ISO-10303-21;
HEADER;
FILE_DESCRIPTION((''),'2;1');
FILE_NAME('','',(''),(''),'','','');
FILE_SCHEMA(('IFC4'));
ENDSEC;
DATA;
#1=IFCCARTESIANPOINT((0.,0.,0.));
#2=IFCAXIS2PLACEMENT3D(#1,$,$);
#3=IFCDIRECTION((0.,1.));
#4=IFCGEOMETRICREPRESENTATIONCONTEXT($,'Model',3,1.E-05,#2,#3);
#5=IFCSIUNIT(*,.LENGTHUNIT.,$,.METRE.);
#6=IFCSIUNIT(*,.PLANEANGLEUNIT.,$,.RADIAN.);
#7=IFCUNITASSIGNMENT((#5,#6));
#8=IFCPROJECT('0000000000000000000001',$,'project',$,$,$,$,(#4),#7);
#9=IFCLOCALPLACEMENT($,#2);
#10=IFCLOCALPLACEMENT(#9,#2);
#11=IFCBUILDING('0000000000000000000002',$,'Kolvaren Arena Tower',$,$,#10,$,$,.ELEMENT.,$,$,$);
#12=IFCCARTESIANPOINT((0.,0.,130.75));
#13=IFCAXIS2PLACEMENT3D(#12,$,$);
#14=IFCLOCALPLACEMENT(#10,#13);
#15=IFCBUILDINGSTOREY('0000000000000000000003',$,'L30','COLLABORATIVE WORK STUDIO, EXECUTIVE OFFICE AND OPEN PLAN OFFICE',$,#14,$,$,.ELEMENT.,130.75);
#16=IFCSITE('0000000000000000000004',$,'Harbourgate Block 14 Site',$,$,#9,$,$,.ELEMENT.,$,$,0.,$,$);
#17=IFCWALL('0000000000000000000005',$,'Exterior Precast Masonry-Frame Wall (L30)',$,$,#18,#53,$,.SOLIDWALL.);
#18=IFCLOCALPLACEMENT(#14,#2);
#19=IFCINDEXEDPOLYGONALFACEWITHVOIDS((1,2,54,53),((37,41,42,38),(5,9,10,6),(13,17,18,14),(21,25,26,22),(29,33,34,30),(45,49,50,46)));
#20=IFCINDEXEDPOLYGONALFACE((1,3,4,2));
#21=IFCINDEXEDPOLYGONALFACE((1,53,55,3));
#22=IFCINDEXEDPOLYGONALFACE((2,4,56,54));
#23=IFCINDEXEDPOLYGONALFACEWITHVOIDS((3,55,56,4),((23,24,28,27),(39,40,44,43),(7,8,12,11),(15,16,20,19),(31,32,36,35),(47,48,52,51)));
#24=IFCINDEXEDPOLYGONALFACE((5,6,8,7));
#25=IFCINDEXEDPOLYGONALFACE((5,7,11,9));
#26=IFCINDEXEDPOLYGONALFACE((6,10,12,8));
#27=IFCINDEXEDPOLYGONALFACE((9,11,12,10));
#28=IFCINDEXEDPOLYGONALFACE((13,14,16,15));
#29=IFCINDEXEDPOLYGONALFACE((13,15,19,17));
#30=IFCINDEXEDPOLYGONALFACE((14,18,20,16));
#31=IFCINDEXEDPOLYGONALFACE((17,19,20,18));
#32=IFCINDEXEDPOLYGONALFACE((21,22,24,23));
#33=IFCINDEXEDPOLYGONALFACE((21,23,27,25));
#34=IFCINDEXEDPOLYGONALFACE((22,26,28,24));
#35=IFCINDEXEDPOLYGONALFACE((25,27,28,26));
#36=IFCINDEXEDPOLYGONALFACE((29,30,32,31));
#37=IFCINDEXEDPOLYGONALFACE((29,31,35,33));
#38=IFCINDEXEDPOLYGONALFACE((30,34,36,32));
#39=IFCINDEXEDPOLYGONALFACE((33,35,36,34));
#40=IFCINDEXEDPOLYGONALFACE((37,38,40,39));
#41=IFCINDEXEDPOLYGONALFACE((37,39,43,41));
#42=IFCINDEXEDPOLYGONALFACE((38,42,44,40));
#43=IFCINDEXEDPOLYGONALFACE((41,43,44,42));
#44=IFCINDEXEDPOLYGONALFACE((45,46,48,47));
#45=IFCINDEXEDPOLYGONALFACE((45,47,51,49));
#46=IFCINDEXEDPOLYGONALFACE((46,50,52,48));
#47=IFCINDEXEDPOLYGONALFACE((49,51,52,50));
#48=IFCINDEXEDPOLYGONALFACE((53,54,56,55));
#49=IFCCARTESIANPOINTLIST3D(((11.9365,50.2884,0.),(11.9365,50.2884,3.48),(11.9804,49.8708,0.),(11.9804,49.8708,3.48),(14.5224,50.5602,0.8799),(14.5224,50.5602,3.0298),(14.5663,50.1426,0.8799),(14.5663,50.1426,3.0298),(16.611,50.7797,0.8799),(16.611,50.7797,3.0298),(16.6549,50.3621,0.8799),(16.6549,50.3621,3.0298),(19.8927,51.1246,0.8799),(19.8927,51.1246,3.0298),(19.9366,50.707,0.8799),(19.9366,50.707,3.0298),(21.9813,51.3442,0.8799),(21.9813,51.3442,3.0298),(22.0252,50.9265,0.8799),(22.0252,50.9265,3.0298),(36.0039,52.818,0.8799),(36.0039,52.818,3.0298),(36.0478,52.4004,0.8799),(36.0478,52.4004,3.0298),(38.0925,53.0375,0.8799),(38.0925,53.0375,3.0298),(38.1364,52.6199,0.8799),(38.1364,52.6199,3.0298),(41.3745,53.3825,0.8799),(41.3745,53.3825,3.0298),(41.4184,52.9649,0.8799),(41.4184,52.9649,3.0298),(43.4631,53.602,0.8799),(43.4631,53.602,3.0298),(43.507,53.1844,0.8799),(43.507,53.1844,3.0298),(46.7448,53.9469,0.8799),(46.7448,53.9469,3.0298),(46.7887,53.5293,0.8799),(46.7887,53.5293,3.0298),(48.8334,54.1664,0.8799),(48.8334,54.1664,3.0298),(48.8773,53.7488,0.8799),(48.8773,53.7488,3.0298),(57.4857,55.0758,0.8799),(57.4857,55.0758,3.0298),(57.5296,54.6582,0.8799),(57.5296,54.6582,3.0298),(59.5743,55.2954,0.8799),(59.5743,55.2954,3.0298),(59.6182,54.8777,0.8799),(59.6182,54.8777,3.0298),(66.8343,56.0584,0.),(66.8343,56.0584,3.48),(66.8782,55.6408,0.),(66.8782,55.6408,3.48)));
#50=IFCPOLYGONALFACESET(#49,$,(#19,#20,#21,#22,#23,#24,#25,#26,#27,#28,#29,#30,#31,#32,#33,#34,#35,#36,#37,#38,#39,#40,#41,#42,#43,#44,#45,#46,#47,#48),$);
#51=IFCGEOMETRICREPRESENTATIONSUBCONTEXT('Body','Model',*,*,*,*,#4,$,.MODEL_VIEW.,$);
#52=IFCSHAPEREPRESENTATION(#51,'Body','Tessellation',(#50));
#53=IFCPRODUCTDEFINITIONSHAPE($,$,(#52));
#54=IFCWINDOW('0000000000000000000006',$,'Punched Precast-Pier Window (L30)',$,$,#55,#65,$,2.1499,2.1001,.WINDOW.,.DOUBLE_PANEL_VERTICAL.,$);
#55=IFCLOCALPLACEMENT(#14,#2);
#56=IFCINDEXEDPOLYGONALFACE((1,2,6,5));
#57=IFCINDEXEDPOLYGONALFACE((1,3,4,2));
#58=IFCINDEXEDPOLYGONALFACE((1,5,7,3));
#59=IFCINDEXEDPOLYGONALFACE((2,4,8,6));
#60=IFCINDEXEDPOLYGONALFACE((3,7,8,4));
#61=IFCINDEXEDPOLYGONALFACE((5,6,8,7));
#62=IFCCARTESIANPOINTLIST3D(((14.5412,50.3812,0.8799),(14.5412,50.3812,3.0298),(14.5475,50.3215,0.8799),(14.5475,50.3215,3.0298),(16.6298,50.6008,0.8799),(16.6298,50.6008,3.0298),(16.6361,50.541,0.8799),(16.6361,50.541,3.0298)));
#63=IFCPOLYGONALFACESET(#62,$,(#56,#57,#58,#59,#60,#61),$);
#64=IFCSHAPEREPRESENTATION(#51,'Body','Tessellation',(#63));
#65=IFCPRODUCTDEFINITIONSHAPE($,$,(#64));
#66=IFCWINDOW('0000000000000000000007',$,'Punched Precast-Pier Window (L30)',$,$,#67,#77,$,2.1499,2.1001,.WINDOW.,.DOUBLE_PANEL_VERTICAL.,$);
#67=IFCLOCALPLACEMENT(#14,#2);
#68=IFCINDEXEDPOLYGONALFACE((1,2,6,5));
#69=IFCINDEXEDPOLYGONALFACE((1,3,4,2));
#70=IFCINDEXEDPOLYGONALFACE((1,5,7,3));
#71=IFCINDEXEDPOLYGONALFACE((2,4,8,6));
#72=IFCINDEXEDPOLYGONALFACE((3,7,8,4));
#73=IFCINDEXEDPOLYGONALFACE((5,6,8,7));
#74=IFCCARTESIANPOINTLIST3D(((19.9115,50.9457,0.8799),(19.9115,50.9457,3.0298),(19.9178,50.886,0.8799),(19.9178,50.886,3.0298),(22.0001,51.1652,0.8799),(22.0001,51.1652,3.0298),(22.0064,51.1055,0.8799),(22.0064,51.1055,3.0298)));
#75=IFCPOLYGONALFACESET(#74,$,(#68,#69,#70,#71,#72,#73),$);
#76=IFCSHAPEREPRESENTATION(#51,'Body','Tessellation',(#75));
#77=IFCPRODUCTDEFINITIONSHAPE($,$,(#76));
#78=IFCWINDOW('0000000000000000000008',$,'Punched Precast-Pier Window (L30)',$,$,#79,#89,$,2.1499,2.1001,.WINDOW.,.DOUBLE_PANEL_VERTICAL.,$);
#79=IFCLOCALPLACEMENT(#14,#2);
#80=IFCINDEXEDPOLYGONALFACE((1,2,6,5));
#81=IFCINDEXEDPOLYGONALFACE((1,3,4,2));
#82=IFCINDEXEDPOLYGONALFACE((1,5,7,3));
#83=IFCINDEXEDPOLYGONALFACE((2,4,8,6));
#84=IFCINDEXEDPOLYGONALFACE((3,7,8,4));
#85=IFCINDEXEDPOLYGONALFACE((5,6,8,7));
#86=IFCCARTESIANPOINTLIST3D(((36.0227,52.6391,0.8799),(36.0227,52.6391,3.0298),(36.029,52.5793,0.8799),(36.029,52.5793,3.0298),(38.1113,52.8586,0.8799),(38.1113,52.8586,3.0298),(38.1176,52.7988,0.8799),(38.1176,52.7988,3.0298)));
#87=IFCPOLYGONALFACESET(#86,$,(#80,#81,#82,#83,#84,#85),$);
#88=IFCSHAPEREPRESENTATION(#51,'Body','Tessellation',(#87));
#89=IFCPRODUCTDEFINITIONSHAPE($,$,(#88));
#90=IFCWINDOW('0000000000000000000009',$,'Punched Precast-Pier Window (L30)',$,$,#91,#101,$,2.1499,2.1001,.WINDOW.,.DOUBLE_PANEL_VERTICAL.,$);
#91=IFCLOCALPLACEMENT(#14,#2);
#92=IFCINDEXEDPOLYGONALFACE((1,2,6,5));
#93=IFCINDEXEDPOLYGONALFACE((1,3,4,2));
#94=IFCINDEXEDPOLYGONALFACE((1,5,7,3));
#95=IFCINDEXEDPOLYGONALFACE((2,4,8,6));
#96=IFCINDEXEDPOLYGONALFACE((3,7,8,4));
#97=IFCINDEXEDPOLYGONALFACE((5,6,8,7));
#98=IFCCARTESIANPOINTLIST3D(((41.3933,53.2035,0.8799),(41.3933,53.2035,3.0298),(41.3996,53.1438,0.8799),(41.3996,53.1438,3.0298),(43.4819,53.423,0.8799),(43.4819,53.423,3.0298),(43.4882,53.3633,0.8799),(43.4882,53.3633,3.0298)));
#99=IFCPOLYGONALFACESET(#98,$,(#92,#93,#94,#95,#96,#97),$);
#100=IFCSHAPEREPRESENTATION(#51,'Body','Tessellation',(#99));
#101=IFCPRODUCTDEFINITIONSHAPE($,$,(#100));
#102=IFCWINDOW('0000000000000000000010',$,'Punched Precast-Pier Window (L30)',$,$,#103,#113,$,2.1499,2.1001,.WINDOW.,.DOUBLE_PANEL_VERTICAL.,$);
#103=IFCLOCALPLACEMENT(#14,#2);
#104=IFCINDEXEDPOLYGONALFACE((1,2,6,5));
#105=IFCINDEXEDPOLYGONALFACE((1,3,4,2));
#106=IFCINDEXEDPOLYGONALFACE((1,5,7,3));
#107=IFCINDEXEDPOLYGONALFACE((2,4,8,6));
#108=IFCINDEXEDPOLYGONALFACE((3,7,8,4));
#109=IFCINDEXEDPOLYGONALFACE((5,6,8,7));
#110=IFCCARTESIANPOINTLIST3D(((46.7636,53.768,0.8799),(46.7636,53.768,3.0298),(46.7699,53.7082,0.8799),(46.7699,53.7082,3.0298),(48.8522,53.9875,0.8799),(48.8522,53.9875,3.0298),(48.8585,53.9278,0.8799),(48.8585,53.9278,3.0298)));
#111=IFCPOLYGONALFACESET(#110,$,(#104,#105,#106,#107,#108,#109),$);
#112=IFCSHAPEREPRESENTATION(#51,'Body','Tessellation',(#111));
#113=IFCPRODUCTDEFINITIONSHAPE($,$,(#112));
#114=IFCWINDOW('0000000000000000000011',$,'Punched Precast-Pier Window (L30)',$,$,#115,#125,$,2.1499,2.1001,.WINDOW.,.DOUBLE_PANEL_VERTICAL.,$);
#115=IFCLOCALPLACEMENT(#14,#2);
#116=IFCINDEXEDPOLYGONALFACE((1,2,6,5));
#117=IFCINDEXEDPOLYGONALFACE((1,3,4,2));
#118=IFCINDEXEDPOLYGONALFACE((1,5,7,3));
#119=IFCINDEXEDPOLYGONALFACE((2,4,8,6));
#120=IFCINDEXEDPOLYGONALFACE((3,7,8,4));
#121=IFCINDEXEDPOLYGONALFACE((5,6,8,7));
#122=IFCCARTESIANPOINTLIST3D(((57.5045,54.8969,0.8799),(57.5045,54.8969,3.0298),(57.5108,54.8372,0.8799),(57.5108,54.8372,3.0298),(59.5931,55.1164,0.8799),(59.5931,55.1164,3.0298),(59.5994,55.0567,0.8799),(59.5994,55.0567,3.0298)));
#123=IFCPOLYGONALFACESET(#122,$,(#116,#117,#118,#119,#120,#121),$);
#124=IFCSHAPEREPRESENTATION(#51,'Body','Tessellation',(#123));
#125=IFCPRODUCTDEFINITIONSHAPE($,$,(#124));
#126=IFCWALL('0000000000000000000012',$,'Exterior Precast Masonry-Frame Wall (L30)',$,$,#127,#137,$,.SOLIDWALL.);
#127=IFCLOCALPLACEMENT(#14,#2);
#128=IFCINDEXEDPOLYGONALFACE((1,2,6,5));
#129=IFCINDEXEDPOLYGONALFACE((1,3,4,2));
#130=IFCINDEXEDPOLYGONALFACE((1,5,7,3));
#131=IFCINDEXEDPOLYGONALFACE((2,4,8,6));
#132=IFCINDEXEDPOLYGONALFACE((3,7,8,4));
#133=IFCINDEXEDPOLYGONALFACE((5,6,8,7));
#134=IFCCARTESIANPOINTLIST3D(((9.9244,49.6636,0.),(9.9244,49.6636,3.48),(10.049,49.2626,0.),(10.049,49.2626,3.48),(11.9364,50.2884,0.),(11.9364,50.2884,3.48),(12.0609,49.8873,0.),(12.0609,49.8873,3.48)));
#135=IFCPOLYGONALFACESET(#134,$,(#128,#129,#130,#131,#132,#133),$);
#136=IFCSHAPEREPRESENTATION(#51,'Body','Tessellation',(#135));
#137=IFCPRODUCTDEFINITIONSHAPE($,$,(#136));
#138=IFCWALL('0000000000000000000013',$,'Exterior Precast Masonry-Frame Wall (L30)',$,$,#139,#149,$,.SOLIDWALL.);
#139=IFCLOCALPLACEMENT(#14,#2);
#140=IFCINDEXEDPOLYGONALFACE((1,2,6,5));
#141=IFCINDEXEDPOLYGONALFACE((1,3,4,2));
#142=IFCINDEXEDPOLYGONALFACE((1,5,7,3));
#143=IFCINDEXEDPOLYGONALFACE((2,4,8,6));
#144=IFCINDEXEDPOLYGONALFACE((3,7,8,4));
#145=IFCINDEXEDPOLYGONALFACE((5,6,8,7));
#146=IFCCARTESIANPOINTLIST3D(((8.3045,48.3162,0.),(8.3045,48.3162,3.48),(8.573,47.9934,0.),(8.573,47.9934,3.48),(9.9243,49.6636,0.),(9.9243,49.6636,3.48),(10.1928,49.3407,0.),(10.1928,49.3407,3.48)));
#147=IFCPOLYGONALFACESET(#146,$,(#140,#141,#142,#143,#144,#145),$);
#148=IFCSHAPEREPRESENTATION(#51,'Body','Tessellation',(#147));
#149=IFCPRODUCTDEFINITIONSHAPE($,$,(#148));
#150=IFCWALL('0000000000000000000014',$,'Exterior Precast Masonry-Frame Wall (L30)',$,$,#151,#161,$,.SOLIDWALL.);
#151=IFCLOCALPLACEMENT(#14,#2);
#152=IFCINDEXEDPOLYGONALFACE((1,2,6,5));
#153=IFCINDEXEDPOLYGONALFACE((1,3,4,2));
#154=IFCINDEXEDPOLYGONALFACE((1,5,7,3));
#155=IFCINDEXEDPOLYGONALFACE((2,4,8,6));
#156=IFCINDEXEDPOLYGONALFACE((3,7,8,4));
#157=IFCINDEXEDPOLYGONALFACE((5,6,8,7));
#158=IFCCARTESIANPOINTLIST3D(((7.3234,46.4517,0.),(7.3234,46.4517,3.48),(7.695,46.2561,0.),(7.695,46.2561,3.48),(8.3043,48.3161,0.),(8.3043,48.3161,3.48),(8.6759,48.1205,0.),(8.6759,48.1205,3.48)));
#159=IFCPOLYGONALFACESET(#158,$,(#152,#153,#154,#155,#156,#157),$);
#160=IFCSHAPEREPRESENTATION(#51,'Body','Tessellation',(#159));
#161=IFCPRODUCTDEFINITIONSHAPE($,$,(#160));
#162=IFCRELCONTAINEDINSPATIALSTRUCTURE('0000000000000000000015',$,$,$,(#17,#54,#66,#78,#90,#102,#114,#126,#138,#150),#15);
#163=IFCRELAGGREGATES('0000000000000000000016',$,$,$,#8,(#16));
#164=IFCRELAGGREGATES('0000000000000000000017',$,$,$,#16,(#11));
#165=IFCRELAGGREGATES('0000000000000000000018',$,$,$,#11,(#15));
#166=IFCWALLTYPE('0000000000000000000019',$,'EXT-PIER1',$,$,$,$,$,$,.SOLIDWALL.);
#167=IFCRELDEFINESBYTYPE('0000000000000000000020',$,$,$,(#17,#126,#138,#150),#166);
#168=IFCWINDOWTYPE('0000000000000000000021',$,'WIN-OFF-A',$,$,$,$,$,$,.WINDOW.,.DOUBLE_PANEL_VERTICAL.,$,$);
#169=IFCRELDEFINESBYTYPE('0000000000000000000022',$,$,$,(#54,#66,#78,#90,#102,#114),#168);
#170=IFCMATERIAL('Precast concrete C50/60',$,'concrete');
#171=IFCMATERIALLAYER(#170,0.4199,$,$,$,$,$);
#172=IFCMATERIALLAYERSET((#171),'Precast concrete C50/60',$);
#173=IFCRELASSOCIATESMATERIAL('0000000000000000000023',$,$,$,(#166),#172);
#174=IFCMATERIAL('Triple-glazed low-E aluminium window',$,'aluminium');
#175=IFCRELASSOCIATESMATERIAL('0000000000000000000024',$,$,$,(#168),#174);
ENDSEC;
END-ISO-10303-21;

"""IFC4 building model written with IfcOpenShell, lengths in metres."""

from ifc_helpers import new_model, si_unit, direction, frame, frame_2d, origin, place, context, subcontext, project, spatial, rectangle, extrude, material, layer, layer_set, type_object, element, fill, save


model = new_model("IFC4")

# Units and contexts
model_context = context("Model", 3, precision=1e-05, world=origin(), true_north=direction((0.0, 1.0)))
body_context = subcontext(model_context, "Body", "Model", "MODEL_VIEW")
ifc_project = project(units=[si_unit("LENGTHUNIT", "METRE"), si_unit("PLANEANGLEUNIT", "RADIAN")], contexts=[model_context])

# Site, building, storey
site_placement = place(None, origin())
site = spatial("IfcSite", under=ifc_project, at=site_placement, Name="Harbourgate Block 14 Site", CompositionType="ELEMENT", RefElevation=0.0)
building_placement = place(site_placement, origin())
building = spatial("IfcBuilding", under=site, at=building_placement, Name="Kolvaren Arena Tower", CompositionType="ELEMENT")
storey_placement = place(building_placement, frame((0.0, 0.0, 130.75)))
storey = spatial("IfcBuildingStorey", under=building, at=storey_placement, Name="L30", Description="COLLABORATIVE WORK STUDIO, EXECUTIVE OFFICE AND OPEN PLAN OFFICE", CompositionType="ELEMENT", Elevation=130.75)

# Wall, openings, windows
ifc_material_1 = material(Name="Precast concrete C50/60", Category="concrete")
ifc_layer_1 = layer(ifc_material_1, 0.4199)
ifc_layer_set_1 = layer_set([ifc_layer_1], Name="Precast concrete C50/60")
wall_type_1 = type_object("IfcWallType", Name="EXT-PIER1", PredefinedType="SOLIDWALL", material=ifc_layer_set_1)
wall_1_placement = place(storey_placement, frame((11.9585, 50.0796, 0.0), z_axis=(0.0, 0.0, 1.0), x_axis=(0.994522, 0.104529, 0.0)))
wall_1 = element("IfcWall", 1, at=wall_1_placement, inside=storey, type_object=wall_type_1, Name="Exterior Precast Masonry-Frame Wall (L30)", PredefinedType="SOLIDWALL", context=body_context, shape_type="SweptSolid", body=[
    extrude(rectangle(XDim=55.2002, YDim=0.4199, at=frame_2d((27.6001, 0.0))), origin(), (0.0, 0.0, 1.0), 3.48),
])
opening_1_placement = place(wall_1_placement, frame((2.6001, 0.0, 0.8799)))
opening_1 = element("IfcOpeningElement", 2, at=opening_1_placement, cuts=wall_1, PredefinedType="OPENING", context=body_context, shape_type="SweptSolid", body=[
    extrude(rectangle(XDim=2.1001, YDim=2.1499, at=frame_2d((1.05, 1.075))), frame((0.0, 0.22, 0.0), z_axis=(0.0, -1.0, 0.0), x_axis=(1.0, 0.0, 0.0)), (0.0, 0.0, 1.0), 0.4399),
])
opening_2_placement = place(wall_1_placement, frame((8.0, 0.0, 0.8799)))
opening_2 = element("IfcOpeningElement", 3, at=opening_2_placement, cuts=wall_1, PredefinedType="OPENING", context=body_context, shape_type="SweptSolid", body=[
    extrude(rectangle(XDim=2.1001, YDim=2.1499, at=frame_2d((1.05, 1.075))), frame((0.0, 0.22, 0.0), z_axis=(0.0, -1.0, 0.0), x_axis=(1.0, 0.0, 0.0)), (0.0, 0.0, 1.0), 0.4399),
])
opening_3_placement = place(wall_1_placement, frame((24.2, 0.0, 0.8799)))
opening_3 = element("IfcOpeningElement", 4, at=opening_3_placement, cuts=wall_1, PredefinedType="OPENING", context=body_context, shape_type="SweptSolid", body=[
    extrude(rectangle(XDim=2.1001, YDim=2.1499, at=frame_2d((1.05, 1.075))), frame((0.0, 0.22, 0.0), z_axis=(0.0, -1.0, 0.0), x_axis=(1.0, 0.0, 0.0)), (0.0, 0.0, 1.0), 0.4399),
])
opening_4_placement = place(wall_1_placement, frame((29.6001, 0.0, 0.8799)))
opening_4 = element("IfcOpeningElement", 5, at=opening_4_placement, cuts=wall_1, PredefinedType="OPENING", context=body_context, shape_type="SweptSolid", body=[
    extrude(rectangle(XDim=2.1001, YDim=2.1499, at=frame_2d((1.05, 1.075))), frame((0.0, 0.22, 0.0), z_axis=(0.0, -1.0, 0.0), x_axis=(1.0, 0.0, 0.0)), (0.0, 0.0, 1.0), 0.4399),
])
opening_5_placement = place(wall_1_placement, frame((35.0, 0.0, 0.8799)))
opening_5 = element("IfcOpeningElement", 6, at=opening_5_placement, cuts=wall_1, PredefinedType="OPENING", context=body_context, shape_type="SweptSolid", body=[
    extrude(rectangle(XDim=2.1001, YDim=2.1499, at=frame_2d((1.05, 1.075))), frame((0.0, 0.22, 0.0), z_axis=(0.0, -1.0, 0.0), x_axis=(1.0, 0.0, 0.0)), (0.0, 0.0, 1.0), 0.4399),
])
opening_6_placement = place(wall_1_placement, frame((45.8, 0.0, 0.8799)))
opening_6 = element("IfcOpeningElement", 7, at=opening_6_placement, cuts=wall_1, PredefinedType="OPENING", context=body_context, shape_type="SweptSolid", body=[
    extrude(rectangle(XDim=2.1001, YDim=2.1499, at=frame_2d((1.05, 1.075))), frame((0.0, 0.22, 0.0), z_axis=(0.0, -1.0, 0.0), x_axis=(1.0, 0.0, 0.0)), (0.0, 0.0, 1.0), 0.4399),
])
ifc_material_2 = material(Name="Triple-glazed low-E aluminium window", Category="aluminium")
window_type = type_object("IfcWindowType", Name="WIN-OFF-A", PartitioningType="DOUBLE_PANEL_VERTICAL", PredefinedType="WINDOW", material=ifc_material_2)
window_1_placement = place(opening_1_placement, origin())
window_1 = element("IfcWindow", 8, at=window_1_placement, inside=storey, type_object=window_type, Name="Punched Precast-Pier Window (L30)", OverallHeight=2.1499, OverallWidth=2.1001, PartitioningType="DOUBLE_PANEL_VERTICAL", PredefinedType="WINDOW", context=body_context, shape_type="SweptSolid", body=[
    extrude(rectangle(XDim=2.1001, YDim=2.1499, at=frame_2d((1.05, 1.075))), frame((0.0, 0.03, 0.0), z_axis=(0.0, -1.0, 0.0), x_axis=(1.0, 0.0, 0.0)), (0.0, 0.0, 1.0), 0.0601),
])
fill(opening_1, window_1)
window_2_placement = place(opening_2_placement, origin())
window_2 = element("IfcWindow", 9, at=window_2_placement, inside=storey, type_object=window_type, Name="Punched Precast-Pier Window (L30)", OverallHeight=2.1499, OverallWidth=2.1001, PartitioningType="DOUBLE_PANEL_VERTICAL", PredefinedType="WINDOW", context=body_context, shape_type="SweptSolid", body=[
    extrude(rectangle(XDim=2.1001, YDim=2.1499, at=frame_2d((1.05, 1.075))), frame((0.0, 0.03, 0.0), z_axis=(0.0, -1.0, 0.0), x_axis=(1.0, 0.0, 0.0)), (0.0, 0.0, 1.0), 0.0601),
])
fill(opening_2, window_2)
window_3_placement = place(opening_3_placement, origin())
window_3 = element("IfcWindow", 10, at=window_3_placement, inside=storey, type_object=window_type, Name="Punched Precast-Pier Window (L30)", OverallHeight=2.1499, OverallWidth=2.1001, PartitioningType="DOUBLE_PANEL_VERTICAL", PredefinedType="WINDOW", context=body_context, shape_type="SweptSolid", body=[
    extrude(rectangle(XDim=2.1001, YDim=2.1499, at=frame_2d((1.05, 1.075))), frame((0.0, 0.03, 0.0), z_axis=(0.0, -1.0, 0.0), x_axis=(1.0, 0.0, 0.0)), (0.0, 0.0, 1.0), 0.0601),
])
fill(opening_3, window_3)
window_4_placement = place(opening_4_placement, origin())
window_4 = element("IfcWindow", 11, at=window_4_placement, inside=storey, type_object=window_type, Name="Punched Precast-Pier Window (L30)", OverallHeight=2.1499, OverallWidth=2.1001, PartitioningType="DOUBLE_PANEL_VERTICAL", PredefinedType="WINDOW", context=body_context, shape_type="SweptSolid", body=[
    extrude(rectangle(XDim=2.1001, YDim=2.1499, at=frame_2d((1.05, 1.075))), frame((0.0, 0.03, 0.0), z_axis=(0.0, -1.0, 0.0), x_axis=(1.0, 0.0, 0.0)), (0.0, 0.0, 1.0), 0.0601),
])
fill(opening_4, window_4)
window_5_placement = place(opening_5_placement, origin())
window_5 = element("IfcWindow", 12, at=window_5_placement, inside=storey, type_object=window_type, Name="Punched Precast-Pier Window (L30)", OverallHeight=2.1499, OverallWidth=2.1001, PartitioningType="DOUBLE_PANEL_VERTICAL", PredefinedType="WINDOW", context=body_context, shape_type="SweptSolid", body=[
    extrude(rectangle(XDim=2.1001, YDim=2.1499, at=frame_2d((1.05, 1.075))), frame((0.0, 0.03, 0.0), z_axis=(0.0, -1.0, 0.0), x_axis=(1.0, 0.0, 0.0)), (0.0, 0.0, 1.0), 0.0601),
])
fill(opening_5, window_5)
window_6_placement = place(opening_6_placement, origin())
window_6 = element("IfcWindow", 13, at=window_6_placement, inside=storey, type_object=window_type, Name="Punched Precast-Pier Window (L30)", OverallHeight=2.1499, OverallWidth=2.1001, PartitioningType="DOUBLE_PANEL_VERTICAL", PredefinedType="WINDOW", context=body_context, shape_type="SweptSolid", body=[
    extrude(rectangle(XDim=2.1001, YDim=2.1499, at=frame_2d((1.05, 1.075))), frame((0.0, 0.03, 0.0), z_axis=(0.0, -1.0, 0.0), x_axis=(1.0, 0.0, 0.0)), (0.0, 0.0, 1.0), 0.0601),
])
fill(opening_6, window_6)

# Walls
wall_2_placement = place(storey_placement, frame((9.9868, 49.4631, 0.0), z_axis=(0.0, 0.0, 1.0), x_axis=(0.955017, 0.296552, 0.0)))
element("IfcWall", 14, at=wall_2_placement, inside=storey, type_object=wall_type_1, Name="Exterior Precast Masonry-Frame Wall (L30)", PredefinedType="SOLIDWALL", context=body_context, shape_type="SweptSolid", body=[
    extrude(rectangle(XDim=2.1067, YDim=0.4199, at=frame_2d((1.0532, 0.0))), origin(), (0.0, 0.0, 1.0), 3.48),
])
wall_3_placement = place(storey_placement, frame((8.4387, 48.1548, 0.0), z_axis=(0.0, 0.0, 1.0), x_axis=(0.7688, 0.639489, 0.0)))
element("IfcWall", 15, at=wall_3_placement, inside=storey, type_object=wall_type_1, Name="Exterior Precast Masonry-Frame Wall (L30)", PredefinedType="SOLIDWALL", context=body_context, shape_type="SweptSolid", body=[
    extrude(rectangle(XDim=2.1069, YDim=0.4199, at=frame_2d((1.0535, 0.0))), origin(), (0.0, 0.0, 1.0), 3.48),
])
wall_4_placement = place(storey_placement, frame((7.5093, 46.354, 0.0), z_axis=(0.0, 0.0, 1.0), x_axis=(0.465613, 0.884989, 0.0)))
element("IfcWall", 16, at=wall_4_placement, inside=storey, type_object=wall_type_1, Name="Exterior Precast Masonry-Frame Wall (L30)", PredefinedType="SOLIDWALL", context=body_context, shape_type="SweptSolid", body=[
    extrude(rectangle(XDim=2.1067, YDim=0.4199, at=frame_2d((1.0532, 0.0))), origin(), (0.0, 0.0, 1.0), 3.48),
])

save(model, "model.ifc")
